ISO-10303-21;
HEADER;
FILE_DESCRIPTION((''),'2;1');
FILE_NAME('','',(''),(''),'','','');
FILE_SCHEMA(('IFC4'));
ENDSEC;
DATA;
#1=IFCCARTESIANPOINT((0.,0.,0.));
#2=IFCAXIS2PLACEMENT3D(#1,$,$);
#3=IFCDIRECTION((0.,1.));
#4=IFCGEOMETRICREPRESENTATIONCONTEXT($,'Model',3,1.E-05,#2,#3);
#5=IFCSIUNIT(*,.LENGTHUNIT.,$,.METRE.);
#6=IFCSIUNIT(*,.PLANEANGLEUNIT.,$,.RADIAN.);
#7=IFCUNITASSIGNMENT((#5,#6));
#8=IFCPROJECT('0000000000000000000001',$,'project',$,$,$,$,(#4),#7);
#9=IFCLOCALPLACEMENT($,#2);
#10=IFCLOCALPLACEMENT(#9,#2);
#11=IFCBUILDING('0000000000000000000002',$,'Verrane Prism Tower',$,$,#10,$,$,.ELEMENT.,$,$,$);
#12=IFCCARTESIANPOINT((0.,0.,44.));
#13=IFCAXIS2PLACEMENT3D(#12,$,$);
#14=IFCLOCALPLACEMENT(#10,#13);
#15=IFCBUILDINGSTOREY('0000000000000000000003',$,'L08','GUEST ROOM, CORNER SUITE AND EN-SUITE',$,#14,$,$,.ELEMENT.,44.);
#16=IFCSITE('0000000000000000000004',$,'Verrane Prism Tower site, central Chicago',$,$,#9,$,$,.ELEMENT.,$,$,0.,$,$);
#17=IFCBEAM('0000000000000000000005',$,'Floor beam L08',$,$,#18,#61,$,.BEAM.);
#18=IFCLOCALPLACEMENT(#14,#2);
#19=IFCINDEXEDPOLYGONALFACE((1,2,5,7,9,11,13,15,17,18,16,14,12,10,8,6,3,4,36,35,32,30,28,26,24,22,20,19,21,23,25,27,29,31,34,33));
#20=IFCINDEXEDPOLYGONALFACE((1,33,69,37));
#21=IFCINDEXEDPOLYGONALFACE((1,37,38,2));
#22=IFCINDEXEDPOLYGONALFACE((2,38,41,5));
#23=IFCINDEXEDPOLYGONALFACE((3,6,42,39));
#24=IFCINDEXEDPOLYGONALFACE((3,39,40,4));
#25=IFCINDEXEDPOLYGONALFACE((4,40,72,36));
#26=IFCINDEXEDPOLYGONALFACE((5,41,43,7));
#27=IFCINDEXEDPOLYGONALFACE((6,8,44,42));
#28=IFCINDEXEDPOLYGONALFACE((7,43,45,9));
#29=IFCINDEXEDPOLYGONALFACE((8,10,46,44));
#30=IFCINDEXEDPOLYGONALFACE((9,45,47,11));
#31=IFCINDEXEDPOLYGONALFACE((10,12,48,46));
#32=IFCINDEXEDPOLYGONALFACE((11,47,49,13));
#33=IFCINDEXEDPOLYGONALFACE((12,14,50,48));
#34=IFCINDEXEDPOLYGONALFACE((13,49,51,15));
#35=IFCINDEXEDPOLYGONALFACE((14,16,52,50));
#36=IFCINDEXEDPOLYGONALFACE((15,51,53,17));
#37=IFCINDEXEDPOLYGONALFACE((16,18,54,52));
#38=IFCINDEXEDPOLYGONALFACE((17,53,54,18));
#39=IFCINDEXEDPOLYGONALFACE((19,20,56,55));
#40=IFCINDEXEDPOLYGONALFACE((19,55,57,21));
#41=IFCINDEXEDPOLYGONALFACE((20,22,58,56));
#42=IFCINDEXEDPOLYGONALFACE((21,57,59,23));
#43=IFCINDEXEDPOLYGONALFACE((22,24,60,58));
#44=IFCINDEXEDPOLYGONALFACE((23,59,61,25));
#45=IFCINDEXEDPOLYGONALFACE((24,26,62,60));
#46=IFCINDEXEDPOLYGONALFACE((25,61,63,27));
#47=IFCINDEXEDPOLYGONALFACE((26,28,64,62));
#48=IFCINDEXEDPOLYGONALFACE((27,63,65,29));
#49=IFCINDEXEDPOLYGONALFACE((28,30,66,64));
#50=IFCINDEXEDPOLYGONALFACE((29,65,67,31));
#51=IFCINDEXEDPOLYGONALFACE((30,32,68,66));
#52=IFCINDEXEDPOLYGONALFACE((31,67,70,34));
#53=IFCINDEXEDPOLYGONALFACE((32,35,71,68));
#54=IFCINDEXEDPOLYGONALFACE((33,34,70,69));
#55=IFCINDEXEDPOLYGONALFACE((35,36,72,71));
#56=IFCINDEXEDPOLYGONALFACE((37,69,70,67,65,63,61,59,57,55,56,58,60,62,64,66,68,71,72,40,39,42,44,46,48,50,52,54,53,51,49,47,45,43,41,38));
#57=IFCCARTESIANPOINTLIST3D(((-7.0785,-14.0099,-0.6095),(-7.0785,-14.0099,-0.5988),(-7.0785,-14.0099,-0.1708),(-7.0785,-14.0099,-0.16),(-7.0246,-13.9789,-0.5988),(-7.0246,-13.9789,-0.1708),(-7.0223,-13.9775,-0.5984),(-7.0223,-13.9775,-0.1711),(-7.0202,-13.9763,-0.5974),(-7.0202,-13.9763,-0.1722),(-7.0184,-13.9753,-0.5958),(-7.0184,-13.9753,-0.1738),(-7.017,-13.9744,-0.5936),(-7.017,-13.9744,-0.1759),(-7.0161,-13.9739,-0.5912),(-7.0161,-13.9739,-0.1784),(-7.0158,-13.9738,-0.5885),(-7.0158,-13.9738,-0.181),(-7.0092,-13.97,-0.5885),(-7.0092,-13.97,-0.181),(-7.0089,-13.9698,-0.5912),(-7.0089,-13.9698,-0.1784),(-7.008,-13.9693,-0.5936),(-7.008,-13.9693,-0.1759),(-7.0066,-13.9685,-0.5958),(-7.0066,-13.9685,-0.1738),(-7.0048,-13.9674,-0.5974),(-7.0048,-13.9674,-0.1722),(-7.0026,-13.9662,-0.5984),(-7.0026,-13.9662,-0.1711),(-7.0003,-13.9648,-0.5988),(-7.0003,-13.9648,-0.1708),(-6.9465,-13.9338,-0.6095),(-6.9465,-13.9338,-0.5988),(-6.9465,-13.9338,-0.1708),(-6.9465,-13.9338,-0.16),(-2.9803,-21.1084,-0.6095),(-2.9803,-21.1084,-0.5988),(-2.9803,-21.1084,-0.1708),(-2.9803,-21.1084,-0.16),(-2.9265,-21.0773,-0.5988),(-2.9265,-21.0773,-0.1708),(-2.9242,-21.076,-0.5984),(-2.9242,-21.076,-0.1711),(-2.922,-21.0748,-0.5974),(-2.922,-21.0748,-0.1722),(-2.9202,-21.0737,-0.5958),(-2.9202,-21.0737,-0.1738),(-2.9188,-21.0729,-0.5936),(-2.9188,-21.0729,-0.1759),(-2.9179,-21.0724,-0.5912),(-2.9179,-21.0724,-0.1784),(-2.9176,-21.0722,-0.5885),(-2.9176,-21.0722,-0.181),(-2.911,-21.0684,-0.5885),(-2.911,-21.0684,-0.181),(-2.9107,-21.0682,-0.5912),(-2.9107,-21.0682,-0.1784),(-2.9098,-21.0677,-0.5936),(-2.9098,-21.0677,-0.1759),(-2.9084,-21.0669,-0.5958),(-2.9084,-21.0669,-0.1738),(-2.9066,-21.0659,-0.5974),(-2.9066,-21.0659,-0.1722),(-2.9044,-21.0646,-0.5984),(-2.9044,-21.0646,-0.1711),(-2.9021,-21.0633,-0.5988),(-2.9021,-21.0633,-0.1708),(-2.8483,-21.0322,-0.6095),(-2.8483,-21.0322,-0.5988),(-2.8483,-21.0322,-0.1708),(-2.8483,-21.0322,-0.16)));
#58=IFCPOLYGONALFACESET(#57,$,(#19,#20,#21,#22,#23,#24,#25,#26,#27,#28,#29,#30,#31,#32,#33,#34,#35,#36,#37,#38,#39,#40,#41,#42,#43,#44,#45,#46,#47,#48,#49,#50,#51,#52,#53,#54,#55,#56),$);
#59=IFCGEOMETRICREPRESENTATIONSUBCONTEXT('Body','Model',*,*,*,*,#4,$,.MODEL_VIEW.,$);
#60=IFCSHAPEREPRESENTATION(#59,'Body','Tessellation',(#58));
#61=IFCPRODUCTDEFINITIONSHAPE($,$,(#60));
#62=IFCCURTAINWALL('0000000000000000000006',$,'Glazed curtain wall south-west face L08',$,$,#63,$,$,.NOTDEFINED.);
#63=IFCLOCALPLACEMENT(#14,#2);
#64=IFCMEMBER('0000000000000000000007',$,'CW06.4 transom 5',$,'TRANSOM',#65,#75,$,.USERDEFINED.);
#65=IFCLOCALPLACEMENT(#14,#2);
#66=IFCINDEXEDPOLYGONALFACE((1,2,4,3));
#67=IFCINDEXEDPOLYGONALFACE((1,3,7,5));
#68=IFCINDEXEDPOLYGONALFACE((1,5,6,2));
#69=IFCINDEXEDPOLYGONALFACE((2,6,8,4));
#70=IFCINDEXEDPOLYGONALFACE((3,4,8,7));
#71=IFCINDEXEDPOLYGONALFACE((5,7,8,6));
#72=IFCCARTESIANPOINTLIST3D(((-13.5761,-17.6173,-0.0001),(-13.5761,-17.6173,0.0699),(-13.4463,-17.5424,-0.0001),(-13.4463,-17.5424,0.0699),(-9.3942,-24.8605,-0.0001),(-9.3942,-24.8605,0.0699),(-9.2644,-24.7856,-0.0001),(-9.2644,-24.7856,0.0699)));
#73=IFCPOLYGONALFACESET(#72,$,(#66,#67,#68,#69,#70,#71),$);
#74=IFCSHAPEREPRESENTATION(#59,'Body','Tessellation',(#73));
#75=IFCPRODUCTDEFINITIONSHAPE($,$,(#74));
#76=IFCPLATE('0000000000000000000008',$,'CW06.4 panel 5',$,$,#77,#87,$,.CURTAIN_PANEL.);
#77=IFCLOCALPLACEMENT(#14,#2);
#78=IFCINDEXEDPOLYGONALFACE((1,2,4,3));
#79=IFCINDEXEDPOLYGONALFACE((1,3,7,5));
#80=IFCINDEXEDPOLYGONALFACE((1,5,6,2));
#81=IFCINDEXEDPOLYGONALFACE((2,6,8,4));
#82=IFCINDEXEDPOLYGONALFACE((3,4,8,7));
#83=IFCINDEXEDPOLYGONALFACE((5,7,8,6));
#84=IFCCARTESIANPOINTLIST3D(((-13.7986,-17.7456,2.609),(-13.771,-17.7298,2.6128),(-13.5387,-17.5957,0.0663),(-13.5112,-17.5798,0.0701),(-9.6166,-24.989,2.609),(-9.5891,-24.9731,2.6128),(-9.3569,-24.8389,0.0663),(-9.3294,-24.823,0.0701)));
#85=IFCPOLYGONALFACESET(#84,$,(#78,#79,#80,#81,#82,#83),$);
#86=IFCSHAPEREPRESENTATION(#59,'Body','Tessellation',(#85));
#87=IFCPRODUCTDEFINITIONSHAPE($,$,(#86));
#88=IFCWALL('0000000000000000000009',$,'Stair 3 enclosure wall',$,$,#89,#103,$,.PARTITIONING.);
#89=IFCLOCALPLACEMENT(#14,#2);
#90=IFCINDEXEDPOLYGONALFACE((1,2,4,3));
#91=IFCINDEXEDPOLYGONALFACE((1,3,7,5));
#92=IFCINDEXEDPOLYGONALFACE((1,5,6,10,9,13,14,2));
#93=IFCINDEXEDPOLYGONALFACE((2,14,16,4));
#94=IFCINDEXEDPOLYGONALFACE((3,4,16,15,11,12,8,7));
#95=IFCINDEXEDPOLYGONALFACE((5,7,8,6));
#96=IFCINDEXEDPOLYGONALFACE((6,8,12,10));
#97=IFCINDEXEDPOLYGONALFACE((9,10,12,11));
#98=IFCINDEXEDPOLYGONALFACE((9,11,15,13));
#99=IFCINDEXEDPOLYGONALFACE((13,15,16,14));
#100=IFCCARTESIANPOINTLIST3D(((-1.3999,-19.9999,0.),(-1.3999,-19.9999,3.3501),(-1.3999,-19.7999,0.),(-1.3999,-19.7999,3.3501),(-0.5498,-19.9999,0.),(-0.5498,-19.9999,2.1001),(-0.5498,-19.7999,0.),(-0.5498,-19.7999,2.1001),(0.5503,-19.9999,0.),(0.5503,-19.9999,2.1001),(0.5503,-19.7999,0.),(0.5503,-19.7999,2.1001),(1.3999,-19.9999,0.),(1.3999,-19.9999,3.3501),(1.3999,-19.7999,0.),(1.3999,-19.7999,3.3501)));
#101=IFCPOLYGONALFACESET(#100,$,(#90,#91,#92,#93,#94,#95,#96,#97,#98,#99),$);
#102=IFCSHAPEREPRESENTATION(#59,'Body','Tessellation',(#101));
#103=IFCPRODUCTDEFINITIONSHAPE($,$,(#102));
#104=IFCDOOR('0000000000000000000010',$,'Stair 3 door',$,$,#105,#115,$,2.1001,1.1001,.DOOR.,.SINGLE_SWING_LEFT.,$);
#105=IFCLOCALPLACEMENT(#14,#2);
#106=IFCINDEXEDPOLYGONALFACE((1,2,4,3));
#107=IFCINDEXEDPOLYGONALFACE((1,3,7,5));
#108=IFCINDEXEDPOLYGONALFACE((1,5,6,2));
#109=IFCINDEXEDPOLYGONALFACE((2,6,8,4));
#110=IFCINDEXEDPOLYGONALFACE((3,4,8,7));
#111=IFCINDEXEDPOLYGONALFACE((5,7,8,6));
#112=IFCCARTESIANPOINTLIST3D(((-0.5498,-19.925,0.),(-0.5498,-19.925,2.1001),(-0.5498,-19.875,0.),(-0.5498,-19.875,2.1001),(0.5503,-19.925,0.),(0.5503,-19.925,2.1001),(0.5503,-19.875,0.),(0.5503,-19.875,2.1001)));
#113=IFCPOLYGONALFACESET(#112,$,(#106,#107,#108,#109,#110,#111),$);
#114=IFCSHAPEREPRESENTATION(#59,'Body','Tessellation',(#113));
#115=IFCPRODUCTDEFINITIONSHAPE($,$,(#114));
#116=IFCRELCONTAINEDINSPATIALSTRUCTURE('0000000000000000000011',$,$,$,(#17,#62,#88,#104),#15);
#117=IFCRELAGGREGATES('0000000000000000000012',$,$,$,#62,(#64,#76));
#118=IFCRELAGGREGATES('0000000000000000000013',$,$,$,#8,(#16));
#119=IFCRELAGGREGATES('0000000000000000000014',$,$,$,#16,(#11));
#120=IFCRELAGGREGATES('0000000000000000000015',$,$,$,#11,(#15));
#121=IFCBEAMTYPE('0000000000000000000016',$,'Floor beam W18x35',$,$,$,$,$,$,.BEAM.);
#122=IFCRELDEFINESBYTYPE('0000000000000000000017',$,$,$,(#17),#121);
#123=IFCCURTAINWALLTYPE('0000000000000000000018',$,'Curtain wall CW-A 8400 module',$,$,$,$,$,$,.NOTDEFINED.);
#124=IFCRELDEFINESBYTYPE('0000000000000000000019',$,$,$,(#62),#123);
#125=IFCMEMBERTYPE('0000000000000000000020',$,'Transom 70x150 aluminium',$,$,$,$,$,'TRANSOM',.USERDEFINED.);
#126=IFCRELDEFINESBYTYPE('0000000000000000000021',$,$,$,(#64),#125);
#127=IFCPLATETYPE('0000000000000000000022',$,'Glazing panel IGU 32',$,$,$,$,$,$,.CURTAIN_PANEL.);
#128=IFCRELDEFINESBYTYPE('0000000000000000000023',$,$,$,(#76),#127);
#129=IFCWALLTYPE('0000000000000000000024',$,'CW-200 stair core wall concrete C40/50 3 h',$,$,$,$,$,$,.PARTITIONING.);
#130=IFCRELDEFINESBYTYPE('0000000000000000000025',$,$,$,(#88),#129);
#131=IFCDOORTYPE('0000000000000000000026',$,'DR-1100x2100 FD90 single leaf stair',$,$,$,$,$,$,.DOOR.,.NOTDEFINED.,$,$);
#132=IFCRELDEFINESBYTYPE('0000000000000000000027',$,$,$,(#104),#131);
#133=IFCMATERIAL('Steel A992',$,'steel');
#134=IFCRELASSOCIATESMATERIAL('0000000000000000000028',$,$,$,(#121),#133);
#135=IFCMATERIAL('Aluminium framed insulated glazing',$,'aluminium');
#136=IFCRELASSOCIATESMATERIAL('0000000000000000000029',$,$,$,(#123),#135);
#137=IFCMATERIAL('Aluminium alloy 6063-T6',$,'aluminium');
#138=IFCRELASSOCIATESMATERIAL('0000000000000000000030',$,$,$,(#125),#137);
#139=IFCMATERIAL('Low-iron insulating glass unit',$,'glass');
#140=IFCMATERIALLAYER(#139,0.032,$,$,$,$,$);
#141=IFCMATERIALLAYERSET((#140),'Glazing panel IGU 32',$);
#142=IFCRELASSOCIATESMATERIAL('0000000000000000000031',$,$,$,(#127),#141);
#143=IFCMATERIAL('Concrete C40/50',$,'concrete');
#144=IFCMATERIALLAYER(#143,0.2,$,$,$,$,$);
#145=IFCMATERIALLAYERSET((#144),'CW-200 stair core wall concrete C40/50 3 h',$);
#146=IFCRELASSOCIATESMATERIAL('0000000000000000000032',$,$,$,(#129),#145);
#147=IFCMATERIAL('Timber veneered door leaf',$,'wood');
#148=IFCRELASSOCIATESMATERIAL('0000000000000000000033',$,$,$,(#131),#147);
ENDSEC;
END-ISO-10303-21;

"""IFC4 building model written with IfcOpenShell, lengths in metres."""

from ifc_helpers import new_model, si_unit, direction, frame, frame_2d, origin, origin_2d, place, context, subcontext, project, spatial, polyline, rectangle, i_section, outline, extrude, material, layer, layer_set, material_profile, profile_set, type_object, element, fill, aggregate, save


model = new_model("IFC4")

# Units and contexts
model_context = context("Model", 3, precision=1e-05, world=origin(), true_north=direction((0.0, 1.0)))
body_context = subcontext(model_context, "Body", "Model", "MODEL_VIEW")
ifc_project = project(units=[si_unit("LENGTHUNIT", "METRE"), si_unit("PLANEANGLEUNIT", "RADIAN")], contexts=[model_context])

# Site, building, storey
site_placement = place(None, origin())
site = spatial("IfcSite", under=ifc_project, at=site_placement, Name="Verrane Prism Tower site, central Chicago", CompositionType="ELEMENT", RefElevation=0.0)
building_placement = place(site_placement, origin())
building = spatial("IfcBuilding", under=site, at=building_placement, Name="Verrane Prism Tower", CompositionType="ELEMENT")
storey_placement = place(building_placement, frame((0.0, 0.0, 44.0)))
storey = spatial("IfcBuildingStorey", under=building, at=storey_placement, Name="L08", Description="GUEST ROOM, CORNER SUITE AND EN-SUITE", CompositionType="ELEMENT", Elevation=44.0)

# Beam
ifc_material_1 = material(Name="Steel A992", Category="steel")
ifc_material_profile_1 = material_profile(ifc_material_1, i_section(OverallWidth=0.1523, OverallDepth=0.4495, WebThickness=0.0076, FlangeThickness=0.0107, FilletRadius=0.0103, at=origin_2d()), Name="W18x35")
ifc_profile_set_1 = profile_set([ifc_material_profile_1], Name="Steel A992")
beam_type_1 = type_object("IfcBeamType", Name="Floor beam W18x35", PredefinedType="BEAM", material=ifc_profile_set_1)
beam_1_placement = place(storey_placement, frame((-2.9143, -21.0703, -0.3848), z_axis=(-0.49999, 0.866031, 0.0), x_axis=(-0.866031, -0.49999, 0.0)))
element("IfcBeam", 1, at=beam_1_placement, inside=storey, type_object=beam_type_1, Name="Floor beam L08", PredefinedType="BEAM", context=body_context, shape_type="SweptSolid", body=[
    extrude(i_section(OverallWidth=0.1523, OverallDepth=0.4495, WebThickness=0.0076, FlangeThickness=0.0107, FilletRadius=0.0103, at=origin_2d()), origin(), (0.0, 0.0, 1.0), 8.1965),
])

# Curtain wall, member, plate
ifc_material_2 = material(Name="Aluminium framed insulated glazing", Category="aluminium")
curtain_wall_type = type_object("IfcCurtainWallType", Name="Curtain wall CW-A 8400 module", PredefinedType="NOTDEFINED", material=ifc_material_2)
curtain_wall_placement = place(storey_placement, origin())
curtain_wall = element("IfcCurtainWall", 2, at=curtain_wall_placement, inside=storey, type_object=curtain_wall_type, Name="Glazed curtain wall south-west face L08", PredefinedType="NOTDEFINED")
ifc_material_3 = material(Name="Aluminium alloy 6063-T6", Category="aluminium")
ifc_material_profile_2 = material_profile(ifc_material_3, rectangle(XDim=0.1499, YDim=0.0701, at=origin_2d()), Name="Transom 70x150 aluminium")
ifc_profile_set_2 = profile_set([ifc_material_profile_2], Name="Aluminium alloy 6063-T6")
member_type = type_object("IfcMemberType", Name="Transom 70x150 aluminium", ElementType="TRANSOM", PredefinedType="USERDEFINED", material=ifc_profile_set_2)
member_placement = place(storey_placement, frame((-13.5112, -17.5798, 0.0349), z_axis=(0.500004, -0.866023, 0.0), x_axis=(0.866023, 0.500004, 0.0)))
member = element("IfcMember", 3, at=member_placement, type_object=member_type, Name="CW06.4 transom 5", ObjectType="TRANSOM", PredefinedType="USERDEFINED", context=body_context, shape_type="SweptSolid", body=[
    extrude(rectangle(XDim=0.1499, YDim=0.0701, at=origin_2d()), origin(), (0.0, 0.0, 1.0), 8.3638),
])
ifc_material_4 = material(Name="Low-iron insulating glass unit", Category="glass")
ifc_layer_1 = layer(ifc_material_4, 0.032)
ifc_layer_set_1 = layer_set([ifc_layer_1], Name="Glazing panel IGU 32")
plate_type = type_object("IfcPlateType", Name="Glazing panel IGU 32", PredefinedType="CURTAIN_PANEL", material=ifc_layer_set_1)
plate_placement = place(storey_placement, frame((-13.5112, -17.5798, 0.0701), z_axis=(0.860062, 0.496554, 0.117162), x_axis=(0.499998, -0.866027, -0.000001)))
plate = element("IfcPlate", 4, at=plate_placement, type_object=plate_type, Name="CW06.4 panel 5", PredefinedType="CURTAIN_PANEL", context=body_context, shape_type="SweptSolid", body=[
    extrude(outline(polyline([(0.0, 0.0), (8.3637, 0.0), (8.3639, -2.5604), (-0.0001, -2.5604), (0.0, 0.0)])), origin(), (0.0, 0.0, -1.0), 0.032),
])
aggregate(curtain_wall, [member, plate])

# Wall, opening, door
ifc_material_5 = material(Name="Concrete C40/50", Category="concrete")
ifc_layer_2 = layer(ifc_material_5, 0.2)
ifc_layer_set_2 = layer_set([ifc_layer_2], Name="CW-200 stair core wall concrete C40/50 3 h")
wall_type_1 = type_object("IfcWallType", Name="CW-200 stair core wall concrete C40/50 3 h", PredefinedType="PARTITIONING", material=ifc_layer_set_2)
wall_1_placement = place(storey_placement, frame((-1.3999, -19.8999, 0.0), z_axis=(0.0, 0.0, 1.0), x_axis=(1.0, 0.0, 0.0)))
wall_1 = element("IfcWall", 5, at=wall_1_placement, inside=storey, type_object=wall_type_1, Name="Stair 3 enclosure wall", PredefinedType="PARTITIONING", context=body_context, shape_type="SweptSolid", body=[
    extrude(rectangle(XDim=2.7998, YDim=0.2, at=frame_2d((1.3999, 0.0))), origin(), (0.0, 0.0, 1.0), 3.3501),
])
opening_1_placement = place(wall_1_placement, frame((0.8501, 0.0, 0.0)))
opening_1 = element("IfcOpeningElement", 6, at=opening_1_placement, cuts=wall_1, PredefinedType="OPENING", context=body_context, shape_type="SweptSolid", body=[
    extrude(rectangle(XDim=1.1001, YDim=2.1001, at=frame_2d((0.55, 1.05))), frame((0.0, 0.1099, 0.0), z_axis=(0.0, -1.0, 0.0), x_axis=(1.0, 0.0, 0.0)), (0.0, 0.0, 1.0), 0.22),
])
ifc_material_6 = material(Name="Timber veneered door leaf", Category="wood")
door_type_1 = type_object("IfcDoorType", Name="DR-1100x2100 FD90 single leaf stair", OperationType="NOTDEFINED", PredefinedType="DOOR", material=ifc_material_6)
door_1_placement = place(opening_1_placement, origin())
door_1 = element("IfcDoor", 7, at=door_1_placement, inside=storey, type_object=door_type_1, Name="Stair 3 door", OperationType="SINGLE_SWING_LEFT", OverallHeight=2.1001, OverallWidth=1.1001, PredefinedType="DOOR", context=body_context, shape_type="SweptSolid", body=[
    extrude(rectangle(XDim=1.1001, YDim=2.1001, at=frame_2d((0.55, 1.05))), frame((0.0, 0.0249, 0.0), z_axis=(0.0, -1.0, 0.0), x_axis=(1.0, 0.0, 0.0)), (0.0, 0.0, 1.0), 0.05),
])
fill(opening_1, door_1)

save(model, "model.ifc")
